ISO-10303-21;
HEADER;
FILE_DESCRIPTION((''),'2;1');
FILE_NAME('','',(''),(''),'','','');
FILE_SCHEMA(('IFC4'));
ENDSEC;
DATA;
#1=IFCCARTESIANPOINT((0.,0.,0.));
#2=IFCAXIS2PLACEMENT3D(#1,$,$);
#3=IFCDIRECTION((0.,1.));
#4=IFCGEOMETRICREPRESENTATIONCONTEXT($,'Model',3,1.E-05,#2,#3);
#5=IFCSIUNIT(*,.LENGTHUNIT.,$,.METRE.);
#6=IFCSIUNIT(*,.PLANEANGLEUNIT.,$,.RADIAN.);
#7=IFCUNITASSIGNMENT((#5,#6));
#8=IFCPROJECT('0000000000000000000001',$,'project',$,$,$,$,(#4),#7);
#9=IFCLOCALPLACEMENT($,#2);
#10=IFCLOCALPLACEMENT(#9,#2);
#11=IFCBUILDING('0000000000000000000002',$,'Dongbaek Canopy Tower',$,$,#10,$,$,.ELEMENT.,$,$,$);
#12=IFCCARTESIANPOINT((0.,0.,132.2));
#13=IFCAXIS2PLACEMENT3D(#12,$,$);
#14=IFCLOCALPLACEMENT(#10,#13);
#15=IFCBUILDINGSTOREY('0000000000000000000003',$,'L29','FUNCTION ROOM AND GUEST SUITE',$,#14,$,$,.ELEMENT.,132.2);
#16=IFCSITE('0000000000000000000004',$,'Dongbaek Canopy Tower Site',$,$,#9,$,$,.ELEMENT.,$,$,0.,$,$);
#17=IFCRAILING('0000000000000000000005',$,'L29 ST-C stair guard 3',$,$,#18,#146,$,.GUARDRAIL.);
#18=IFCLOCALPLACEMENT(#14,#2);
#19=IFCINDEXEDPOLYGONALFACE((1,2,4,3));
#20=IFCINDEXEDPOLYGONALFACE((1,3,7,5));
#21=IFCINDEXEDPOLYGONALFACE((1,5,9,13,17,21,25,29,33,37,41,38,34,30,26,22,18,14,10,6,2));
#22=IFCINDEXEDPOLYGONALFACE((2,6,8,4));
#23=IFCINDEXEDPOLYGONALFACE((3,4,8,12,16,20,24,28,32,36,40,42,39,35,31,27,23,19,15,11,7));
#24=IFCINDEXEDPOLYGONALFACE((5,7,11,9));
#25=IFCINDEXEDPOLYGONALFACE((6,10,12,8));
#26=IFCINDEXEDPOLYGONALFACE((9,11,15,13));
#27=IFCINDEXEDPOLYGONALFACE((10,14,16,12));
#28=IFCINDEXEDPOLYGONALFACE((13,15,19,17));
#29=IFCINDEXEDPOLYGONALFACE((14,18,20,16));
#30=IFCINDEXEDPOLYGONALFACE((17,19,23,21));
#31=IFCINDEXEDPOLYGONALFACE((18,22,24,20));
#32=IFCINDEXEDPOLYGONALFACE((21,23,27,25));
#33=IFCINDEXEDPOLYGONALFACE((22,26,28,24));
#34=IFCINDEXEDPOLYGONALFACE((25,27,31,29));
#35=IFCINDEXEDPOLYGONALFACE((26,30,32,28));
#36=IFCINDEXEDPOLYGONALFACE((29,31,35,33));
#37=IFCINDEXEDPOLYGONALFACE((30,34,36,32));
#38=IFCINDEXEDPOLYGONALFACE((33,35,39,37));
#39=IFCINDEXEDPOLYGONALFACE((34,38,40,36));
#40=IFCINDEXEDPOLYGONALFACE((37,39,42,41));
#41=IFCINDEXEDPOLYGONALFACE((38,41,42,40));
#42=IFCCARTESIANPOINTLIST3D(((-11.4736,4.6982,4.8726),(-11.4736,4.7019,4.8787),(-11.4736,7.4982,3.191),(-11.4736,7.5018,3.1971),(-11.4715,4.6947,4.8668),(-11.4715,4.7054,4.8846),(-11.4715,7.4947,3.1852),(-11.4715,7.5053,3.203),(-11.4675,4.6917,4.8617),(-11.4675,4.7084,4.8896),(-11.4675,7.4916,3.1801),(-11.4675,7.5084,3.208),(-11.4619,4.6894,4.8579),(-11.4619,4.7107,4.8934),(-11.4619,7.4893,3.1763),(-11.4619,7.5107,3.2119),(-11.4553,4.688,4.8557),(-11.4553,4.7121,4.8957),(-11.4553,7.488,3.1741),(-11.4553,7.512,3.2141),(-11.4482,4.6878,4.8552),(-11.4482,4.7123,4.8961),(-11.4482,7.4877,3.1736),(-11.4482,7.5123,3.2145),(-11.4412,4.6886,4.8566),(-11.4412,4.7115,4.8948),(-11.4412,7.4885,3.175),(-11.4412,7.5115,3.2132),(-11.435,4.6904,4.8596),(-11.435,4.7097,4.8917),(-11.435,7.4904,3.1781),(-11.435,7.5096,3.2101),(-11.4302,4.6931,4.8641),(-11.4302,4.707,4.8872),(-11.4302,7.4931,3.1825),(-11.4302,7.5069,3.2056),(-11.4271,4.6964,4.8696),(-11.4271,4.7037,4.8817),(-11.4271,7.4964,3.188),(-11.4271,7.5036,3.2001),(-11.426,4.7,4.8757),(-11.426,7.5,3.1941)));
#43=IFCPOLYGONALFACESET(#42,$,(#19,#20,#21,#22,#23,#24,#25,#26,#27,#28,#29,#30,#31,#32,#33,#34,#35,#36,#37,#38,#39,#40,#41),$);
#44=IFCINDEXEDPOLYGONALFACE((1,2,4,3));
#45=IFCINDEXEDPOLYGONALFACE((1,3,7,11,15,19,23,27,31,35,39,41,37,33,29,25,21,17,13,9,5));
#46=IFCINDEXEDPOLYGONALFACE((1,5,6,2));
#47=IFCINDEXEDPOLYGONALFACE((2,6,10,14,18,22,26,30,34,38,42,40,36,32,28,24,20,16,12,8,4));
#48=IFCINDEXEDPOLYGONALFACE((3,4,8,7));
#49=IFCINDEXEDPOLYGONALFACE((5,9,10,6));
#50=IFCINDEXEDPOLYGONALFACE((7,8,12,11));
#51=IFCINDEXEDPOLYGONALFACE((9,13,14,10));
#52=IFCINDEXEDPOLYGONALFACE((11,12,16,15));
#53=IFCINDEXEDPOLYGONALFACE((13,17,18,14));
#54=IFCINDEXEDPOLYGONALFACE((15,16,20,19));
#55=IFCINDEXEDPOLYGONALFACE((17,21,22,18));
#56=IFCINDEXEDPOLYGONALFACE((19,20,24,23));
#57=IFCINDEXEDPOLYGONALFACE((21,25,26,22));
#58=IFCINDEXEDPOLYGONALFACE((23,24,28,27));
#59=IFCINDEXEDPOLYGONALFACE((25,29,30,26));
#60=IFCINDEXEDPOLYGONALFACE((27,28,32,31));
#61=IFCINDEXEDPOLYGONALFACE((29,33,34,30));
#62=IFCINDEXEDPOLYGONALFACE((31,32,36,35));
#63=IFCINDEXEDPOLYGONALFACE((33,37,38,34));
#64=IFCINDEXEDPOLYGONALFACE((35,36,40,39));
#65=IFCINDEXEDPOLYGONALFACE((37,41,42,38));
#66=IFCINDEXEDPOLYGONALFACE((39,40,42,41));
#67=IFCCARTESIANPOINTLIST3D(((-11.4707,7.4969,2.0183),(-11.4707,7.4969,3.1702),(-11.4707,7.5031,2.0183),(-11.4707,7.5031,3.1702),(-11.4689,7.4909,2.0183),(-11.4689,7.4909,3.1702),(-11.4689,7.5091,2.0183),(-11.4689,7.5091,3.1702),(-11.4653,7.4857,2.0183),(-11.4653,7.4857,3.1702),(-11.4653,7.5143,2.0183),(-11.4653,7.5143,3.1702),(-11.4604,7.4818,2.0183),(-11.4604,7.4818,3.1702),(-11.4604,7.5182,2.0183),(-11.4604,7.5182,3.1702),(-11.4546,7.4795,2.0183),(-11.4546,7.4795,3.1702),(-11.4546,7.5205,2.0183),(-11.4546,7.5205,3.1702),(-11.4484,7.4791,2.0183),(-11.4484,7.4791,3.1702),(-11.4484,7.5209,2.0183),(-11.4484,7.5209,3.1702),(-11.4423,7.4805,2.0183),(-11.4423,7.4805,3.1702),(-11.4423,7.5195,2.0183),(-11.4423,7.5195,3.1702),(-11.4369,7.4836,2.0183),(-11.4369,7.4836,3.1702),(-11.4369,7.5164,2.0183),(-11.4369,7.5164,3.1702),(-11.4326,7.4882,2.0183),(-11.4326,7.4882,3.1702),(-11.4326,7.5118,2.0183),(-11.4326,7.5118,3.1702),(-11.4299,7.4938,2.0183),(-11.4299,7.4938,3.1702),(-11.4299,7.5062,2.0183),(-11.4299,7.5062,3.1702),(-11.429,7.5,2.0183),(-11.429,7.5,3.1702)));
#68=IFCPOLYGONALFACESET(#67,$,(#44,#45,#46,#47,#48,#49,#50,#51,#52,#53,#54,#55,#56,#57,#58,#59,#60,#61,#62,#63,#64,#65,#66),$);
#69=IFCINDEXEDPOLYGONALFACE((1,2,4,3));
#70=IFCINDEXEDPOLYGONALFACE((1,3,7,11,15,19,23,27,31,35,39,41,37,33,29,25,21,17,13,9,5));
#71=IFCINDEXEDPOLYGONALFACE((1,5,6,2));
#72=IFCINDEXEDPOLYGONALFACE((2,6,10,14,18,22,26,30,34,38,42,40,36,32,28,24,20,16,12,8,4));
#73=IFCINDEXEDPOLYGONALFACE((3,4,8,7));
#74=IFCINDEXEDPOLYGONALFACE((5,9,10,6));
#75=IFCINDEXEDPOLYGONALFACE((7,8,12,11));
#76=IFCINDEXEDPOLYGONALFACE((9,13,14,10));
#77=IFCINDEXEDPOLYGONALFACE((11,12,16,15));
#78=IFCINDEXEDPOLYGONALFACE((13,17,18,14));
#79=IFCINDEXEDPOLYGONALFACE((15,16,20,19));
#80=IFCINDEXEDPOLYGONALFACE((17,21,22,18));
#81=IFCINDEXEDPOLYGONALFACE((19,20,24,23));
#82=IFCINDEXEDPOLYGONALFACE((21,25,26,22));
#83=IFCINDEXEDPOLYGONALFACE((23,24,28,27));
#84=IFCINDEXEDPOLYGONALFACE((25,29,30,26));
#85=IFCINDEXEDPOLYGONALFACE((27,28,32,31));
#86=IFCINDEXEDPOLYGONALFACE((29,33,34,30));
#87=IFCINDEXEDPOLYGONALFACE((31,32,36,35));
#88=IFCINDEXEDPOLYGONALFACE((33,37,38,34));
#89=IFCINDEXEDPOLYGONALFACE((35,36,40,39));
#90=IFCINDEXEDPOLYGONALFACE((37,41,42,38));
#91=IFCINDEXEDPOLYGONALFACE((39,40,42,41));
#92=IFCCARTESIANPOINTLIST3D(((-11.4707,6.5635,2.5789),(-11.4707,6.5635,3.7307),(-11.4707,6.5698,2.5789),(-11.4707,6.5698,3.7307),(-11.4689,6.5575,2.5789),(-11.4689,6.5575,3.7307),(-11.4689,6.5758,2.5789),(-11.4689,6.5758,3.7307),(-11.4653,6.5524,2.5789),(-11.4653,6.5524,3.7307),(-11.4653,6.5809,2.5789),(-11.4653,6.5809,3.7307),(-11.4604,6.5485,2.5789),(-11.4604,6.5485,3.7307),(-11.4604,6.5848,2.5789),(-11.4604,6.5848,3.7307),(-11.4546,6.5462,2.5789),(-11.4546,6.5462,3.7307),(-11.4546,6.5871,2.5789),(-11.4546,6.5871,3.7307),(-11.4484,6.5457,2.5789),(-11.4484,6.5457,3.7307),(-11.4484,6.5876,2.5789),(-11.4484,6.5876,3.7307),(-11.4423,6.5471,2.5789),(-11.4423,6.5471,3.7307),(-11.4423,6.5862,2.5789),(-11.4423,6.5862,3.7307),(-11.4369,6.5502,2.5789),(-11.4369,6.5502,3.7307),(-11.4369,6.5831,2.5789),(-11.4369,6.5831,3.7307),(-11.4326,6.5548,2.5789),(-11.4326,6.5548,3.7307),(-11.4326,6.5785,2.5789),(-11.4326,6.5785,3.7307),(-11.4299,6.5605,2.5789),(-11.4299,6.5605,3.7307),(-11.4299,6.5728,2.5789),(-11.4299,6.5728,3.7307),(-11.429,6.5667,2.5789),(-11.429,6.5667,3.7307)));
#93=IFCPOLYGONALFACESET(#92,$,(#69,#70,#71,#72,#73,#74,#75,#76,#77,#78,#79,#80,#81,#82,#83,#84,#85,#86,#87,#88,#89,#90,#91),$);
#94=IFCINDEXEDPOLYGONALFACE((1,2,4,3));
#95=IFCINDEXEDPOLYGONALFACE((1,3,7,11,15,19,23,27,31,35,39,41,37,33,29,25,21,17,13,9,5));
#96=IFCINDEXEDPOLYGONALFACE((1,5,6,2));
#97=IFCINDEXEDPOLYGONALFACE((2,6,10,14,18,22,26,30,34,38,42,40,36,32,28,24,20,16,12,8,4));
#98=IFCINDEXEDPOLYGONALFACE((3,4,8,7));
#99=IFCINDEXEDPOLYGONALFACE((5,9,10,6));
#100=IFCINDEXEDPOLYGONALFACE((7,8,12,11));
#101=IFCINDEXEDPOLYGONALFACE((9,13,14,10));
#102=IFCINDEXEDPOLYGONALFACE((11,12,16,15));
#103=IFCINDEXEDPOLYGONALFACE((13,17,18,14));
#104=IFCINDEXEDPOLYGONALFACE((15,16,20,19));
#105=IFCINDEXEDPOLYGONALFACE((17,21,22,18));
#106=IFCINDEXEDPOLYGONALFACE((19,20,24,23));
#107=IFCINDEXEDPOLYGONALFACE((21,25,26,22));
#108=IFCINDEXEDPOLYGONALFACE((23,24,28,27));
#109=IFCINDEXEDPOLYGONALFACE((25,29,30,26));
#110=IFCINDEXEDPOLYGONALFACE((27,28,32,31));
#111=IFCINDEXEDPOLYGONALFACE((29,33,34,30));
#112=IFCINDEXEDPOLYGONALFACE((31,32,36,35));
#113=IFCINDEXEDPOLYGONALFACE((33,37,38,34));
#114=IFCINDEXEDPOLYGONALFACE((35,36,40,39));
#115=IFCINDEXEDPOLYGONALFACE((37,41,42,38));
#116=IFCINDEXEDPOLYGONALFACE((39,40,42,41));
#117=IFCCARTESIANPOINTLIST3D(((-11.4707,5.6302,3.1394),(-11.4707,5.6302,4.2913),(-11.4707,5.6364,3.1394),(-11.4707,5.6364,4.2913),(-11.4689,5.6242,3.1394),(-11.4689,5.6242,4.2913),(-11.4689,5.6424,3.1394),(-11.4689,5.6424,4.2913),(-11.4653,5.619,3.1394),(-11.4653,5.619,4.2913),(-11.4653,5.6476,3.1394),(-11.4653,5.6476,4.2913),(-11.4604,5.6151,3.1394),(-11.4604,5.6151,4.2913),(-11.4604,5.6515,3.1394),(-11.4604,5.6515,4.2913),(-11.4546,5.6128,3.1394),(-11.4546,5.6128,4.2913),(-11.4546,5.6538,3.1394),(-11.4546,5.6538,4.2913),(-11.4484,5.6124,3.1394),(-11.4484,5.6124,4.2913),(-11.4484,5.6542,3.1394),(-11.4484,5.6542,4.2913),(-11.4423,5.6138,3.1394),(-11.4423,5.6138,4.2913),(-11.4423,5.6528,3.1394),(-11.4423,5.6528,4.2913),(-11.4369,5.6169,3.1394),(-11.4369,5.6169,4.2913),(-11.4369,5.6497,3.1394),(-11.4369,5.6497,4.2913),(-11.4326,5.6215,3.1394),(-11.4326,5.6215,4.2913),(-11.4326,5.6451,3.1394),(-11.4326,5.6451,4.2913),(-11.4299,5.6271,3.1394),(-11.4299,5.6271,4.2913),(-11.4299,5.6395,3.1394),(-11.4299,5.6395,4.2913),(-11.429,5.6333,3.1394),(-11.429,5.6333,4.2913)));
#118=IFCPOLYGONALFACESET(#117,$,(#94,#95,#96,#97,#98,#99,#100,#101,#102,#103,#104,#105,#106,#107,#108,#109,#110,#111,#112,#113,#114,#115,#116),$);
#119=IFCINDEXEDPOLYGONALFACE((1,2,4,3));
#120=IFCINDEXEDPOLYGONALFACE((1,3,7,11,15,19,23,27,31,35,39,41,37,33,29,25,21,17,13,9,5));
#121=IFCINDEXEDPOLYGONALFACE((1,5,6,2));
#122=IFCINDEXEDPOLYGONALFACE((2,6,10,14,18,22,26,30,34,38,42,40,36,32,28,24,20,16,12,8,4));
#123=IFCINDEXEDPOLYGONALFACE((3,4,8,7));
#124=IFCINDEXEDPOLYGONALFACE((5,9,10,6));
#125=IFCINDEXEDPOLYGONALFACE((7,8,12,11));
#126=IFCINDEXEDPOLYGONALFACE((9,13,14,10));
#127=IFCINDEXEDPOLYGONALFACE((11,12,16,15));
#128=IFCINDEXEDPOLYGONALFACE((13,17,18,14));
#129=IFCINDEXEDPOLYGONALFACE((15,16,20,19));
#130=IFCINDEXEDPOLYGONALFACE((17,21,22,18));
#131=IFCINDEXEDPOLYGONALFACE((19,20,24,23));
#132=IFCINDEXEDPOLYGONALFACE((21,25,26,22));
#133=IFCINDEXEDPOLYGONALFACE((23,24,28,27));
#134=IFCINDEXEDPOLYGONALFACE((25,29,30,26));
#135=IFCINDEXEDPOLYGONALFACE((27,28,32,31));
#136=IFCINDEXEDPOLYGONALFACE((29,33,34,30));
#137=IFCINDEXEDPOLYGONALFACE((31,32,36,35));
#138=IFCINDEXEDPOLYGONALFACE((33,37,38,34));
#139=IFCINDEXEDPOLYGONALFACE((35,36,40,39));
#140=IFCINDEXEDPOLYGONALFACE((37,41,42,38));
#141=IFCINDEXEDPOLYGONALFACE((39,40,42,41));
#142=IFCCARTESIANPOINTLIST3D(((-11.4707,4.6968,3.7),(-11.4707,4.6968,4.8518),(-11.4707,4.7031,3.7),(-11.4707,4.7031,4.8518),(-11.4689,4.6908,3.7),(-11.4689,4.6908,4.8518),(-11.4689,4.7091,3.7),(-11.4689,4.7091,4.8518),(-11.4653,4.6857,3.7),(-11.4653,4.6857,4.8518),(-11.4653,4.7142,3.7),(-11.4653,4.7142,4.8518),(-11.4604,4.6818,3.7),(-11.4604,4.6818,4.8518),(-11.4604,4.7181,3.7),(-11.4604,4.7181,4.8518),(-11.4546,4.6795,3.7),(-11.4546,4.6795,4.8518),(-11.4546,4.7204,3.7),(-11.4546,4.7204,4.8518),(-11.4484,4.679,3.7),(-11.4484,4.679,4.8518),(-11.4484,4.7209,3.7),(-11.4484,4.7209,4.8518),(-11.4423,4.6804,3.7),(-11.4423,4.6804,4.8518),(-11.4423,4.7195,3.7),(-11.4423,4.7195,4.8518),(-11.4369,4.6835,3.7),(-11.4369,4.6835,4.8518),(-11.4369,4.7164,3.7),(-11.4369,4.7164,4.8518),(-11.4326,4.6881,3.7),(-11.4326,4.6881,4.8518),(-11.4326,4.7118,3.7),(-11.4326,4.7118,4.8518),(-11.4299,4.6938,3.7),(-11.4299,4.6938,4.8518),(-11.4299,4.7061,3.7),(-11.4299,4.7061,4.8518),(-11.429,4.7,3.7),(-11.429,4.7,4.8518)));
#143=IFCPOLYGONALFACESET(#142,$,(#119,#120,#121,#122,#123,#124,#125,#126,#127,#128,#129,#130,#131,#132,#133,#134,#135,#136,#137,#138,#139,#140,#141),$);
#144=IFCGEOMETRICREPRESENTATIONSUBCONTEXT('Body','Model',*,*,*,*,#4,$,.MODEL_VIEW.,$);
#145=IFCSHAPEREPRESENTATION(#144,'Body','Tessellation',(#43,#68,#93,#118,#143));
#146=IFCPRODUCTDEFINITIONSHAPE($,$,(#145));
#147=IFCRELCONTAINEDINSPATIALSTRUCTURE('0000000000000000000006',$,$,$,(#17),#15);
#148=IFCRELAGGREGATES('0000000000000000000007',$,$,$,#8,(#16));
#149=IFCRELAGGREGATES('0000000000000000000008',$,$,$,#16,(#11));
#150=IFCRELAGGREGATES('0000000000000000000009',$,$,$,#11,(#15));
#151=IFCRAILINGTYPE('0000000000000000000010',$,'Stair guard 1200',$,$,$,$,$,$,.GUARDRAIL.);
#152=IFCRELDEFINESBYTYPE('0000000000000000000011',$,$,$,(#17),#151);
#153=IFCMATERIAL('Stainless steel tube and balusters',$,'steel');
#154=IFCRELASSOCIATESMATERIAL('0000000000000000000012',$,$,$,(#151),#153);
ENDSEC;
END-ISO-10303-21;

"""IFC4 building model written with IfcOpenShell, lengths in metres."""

from ifc_helpers import new_model, si_unit, direction, frame, origin, origin_2d, place, context, subcontext, project, spatial, circle, extrude, material, type_object, element, save


model = new_model("IFC4")

# Units and contexts
model_context = context("Model", 3, precision=1e-05, world=origin(), true_north=direction((0.0, 1.0)))
body_context = subcontext(model_context, "Body", "Model", "MODEL_VIEW")
ifc_project = project(units=[si_unit("LENGTHUNIT", "METRE"), si_unit("PLANEANGLEUNIT", "RADIAN")], contexts=[model_context])

# Site, building, storey
site_placement = place(None, origin())
site = spatial("IfcSite", under=ifc_project, at=site_placement, Name="Dongbaek Canopy Tower Site", CompositionType="ELEMENT", RefElevation=0.0)
building_placement = place(site_placement, origin())
building = spatial("IfcBuilding", under=site, at=building_placement, Name="Dongbaek Canopy Tower", CompositionType="ELEMENT")
storey_placement = place(building_placement, frame((0.0, 0.0, 132.2)))
storey = spatial("IfcBuildingStorey", under=building, at=storey_placement, Name="L29", Description="FUNCTION ROOM AND GUEST SUITE", CompositionType="ELEMENT", Elevation=132.2)

# Railing
ifc_material_1 = material(Name="Stainless steel tube and balusters", Category="steel")
railing_type_1 = type_object("IfcRailingType", Name="Stair guard 1200", PredefinedType="GUARDRAIL", material=ifc_material_1)
railing_1_placement = place(storey_placement, frame((-11.45, 7.5, 2.0183)))
element("IfcRailing", 1, at=railing_1_placement, inside=storey, type_object=railing_type_1, Name="L29 ST-C stair guard 3", PredefinedType="GUARDRAIL", context=body_context, shape_type="SweptSolid", body=[
    extrude(circle(Radius=0.0239, at=origin_2d()), frame((0.0, 0.0, 1.1758), z_axis=(0.0, -0.857275, 0.514858), x_axis=(1.0, 0.0, 0.0)), (0.0, 0.0, 1.0), 3.2661),
    extrude(circle(Radius=0.021, at=origin_2d()), origin(), (0.0, 0.0, 1.0), 1.1519),
    extrude(circle(Radius=0.021, at=origin_2d()), frame((0.0, -0.9333, 0.5605)), (0.0, 0.0, 1.0), 1.1519),
    extrude(circle(Radius=0.021, at=origin_2d()), frame((0.0, -1.8667, 1.1211)), (0.0, 0.0, 1.0), 1.1519),
    extrude(circle(Radius=0.021, at=origin_2d()), frame((0.0, -2.8, 1.6816)), (0.0, 0.0, 1.0), 1.1519),
])

save(model, "model.ifc")
